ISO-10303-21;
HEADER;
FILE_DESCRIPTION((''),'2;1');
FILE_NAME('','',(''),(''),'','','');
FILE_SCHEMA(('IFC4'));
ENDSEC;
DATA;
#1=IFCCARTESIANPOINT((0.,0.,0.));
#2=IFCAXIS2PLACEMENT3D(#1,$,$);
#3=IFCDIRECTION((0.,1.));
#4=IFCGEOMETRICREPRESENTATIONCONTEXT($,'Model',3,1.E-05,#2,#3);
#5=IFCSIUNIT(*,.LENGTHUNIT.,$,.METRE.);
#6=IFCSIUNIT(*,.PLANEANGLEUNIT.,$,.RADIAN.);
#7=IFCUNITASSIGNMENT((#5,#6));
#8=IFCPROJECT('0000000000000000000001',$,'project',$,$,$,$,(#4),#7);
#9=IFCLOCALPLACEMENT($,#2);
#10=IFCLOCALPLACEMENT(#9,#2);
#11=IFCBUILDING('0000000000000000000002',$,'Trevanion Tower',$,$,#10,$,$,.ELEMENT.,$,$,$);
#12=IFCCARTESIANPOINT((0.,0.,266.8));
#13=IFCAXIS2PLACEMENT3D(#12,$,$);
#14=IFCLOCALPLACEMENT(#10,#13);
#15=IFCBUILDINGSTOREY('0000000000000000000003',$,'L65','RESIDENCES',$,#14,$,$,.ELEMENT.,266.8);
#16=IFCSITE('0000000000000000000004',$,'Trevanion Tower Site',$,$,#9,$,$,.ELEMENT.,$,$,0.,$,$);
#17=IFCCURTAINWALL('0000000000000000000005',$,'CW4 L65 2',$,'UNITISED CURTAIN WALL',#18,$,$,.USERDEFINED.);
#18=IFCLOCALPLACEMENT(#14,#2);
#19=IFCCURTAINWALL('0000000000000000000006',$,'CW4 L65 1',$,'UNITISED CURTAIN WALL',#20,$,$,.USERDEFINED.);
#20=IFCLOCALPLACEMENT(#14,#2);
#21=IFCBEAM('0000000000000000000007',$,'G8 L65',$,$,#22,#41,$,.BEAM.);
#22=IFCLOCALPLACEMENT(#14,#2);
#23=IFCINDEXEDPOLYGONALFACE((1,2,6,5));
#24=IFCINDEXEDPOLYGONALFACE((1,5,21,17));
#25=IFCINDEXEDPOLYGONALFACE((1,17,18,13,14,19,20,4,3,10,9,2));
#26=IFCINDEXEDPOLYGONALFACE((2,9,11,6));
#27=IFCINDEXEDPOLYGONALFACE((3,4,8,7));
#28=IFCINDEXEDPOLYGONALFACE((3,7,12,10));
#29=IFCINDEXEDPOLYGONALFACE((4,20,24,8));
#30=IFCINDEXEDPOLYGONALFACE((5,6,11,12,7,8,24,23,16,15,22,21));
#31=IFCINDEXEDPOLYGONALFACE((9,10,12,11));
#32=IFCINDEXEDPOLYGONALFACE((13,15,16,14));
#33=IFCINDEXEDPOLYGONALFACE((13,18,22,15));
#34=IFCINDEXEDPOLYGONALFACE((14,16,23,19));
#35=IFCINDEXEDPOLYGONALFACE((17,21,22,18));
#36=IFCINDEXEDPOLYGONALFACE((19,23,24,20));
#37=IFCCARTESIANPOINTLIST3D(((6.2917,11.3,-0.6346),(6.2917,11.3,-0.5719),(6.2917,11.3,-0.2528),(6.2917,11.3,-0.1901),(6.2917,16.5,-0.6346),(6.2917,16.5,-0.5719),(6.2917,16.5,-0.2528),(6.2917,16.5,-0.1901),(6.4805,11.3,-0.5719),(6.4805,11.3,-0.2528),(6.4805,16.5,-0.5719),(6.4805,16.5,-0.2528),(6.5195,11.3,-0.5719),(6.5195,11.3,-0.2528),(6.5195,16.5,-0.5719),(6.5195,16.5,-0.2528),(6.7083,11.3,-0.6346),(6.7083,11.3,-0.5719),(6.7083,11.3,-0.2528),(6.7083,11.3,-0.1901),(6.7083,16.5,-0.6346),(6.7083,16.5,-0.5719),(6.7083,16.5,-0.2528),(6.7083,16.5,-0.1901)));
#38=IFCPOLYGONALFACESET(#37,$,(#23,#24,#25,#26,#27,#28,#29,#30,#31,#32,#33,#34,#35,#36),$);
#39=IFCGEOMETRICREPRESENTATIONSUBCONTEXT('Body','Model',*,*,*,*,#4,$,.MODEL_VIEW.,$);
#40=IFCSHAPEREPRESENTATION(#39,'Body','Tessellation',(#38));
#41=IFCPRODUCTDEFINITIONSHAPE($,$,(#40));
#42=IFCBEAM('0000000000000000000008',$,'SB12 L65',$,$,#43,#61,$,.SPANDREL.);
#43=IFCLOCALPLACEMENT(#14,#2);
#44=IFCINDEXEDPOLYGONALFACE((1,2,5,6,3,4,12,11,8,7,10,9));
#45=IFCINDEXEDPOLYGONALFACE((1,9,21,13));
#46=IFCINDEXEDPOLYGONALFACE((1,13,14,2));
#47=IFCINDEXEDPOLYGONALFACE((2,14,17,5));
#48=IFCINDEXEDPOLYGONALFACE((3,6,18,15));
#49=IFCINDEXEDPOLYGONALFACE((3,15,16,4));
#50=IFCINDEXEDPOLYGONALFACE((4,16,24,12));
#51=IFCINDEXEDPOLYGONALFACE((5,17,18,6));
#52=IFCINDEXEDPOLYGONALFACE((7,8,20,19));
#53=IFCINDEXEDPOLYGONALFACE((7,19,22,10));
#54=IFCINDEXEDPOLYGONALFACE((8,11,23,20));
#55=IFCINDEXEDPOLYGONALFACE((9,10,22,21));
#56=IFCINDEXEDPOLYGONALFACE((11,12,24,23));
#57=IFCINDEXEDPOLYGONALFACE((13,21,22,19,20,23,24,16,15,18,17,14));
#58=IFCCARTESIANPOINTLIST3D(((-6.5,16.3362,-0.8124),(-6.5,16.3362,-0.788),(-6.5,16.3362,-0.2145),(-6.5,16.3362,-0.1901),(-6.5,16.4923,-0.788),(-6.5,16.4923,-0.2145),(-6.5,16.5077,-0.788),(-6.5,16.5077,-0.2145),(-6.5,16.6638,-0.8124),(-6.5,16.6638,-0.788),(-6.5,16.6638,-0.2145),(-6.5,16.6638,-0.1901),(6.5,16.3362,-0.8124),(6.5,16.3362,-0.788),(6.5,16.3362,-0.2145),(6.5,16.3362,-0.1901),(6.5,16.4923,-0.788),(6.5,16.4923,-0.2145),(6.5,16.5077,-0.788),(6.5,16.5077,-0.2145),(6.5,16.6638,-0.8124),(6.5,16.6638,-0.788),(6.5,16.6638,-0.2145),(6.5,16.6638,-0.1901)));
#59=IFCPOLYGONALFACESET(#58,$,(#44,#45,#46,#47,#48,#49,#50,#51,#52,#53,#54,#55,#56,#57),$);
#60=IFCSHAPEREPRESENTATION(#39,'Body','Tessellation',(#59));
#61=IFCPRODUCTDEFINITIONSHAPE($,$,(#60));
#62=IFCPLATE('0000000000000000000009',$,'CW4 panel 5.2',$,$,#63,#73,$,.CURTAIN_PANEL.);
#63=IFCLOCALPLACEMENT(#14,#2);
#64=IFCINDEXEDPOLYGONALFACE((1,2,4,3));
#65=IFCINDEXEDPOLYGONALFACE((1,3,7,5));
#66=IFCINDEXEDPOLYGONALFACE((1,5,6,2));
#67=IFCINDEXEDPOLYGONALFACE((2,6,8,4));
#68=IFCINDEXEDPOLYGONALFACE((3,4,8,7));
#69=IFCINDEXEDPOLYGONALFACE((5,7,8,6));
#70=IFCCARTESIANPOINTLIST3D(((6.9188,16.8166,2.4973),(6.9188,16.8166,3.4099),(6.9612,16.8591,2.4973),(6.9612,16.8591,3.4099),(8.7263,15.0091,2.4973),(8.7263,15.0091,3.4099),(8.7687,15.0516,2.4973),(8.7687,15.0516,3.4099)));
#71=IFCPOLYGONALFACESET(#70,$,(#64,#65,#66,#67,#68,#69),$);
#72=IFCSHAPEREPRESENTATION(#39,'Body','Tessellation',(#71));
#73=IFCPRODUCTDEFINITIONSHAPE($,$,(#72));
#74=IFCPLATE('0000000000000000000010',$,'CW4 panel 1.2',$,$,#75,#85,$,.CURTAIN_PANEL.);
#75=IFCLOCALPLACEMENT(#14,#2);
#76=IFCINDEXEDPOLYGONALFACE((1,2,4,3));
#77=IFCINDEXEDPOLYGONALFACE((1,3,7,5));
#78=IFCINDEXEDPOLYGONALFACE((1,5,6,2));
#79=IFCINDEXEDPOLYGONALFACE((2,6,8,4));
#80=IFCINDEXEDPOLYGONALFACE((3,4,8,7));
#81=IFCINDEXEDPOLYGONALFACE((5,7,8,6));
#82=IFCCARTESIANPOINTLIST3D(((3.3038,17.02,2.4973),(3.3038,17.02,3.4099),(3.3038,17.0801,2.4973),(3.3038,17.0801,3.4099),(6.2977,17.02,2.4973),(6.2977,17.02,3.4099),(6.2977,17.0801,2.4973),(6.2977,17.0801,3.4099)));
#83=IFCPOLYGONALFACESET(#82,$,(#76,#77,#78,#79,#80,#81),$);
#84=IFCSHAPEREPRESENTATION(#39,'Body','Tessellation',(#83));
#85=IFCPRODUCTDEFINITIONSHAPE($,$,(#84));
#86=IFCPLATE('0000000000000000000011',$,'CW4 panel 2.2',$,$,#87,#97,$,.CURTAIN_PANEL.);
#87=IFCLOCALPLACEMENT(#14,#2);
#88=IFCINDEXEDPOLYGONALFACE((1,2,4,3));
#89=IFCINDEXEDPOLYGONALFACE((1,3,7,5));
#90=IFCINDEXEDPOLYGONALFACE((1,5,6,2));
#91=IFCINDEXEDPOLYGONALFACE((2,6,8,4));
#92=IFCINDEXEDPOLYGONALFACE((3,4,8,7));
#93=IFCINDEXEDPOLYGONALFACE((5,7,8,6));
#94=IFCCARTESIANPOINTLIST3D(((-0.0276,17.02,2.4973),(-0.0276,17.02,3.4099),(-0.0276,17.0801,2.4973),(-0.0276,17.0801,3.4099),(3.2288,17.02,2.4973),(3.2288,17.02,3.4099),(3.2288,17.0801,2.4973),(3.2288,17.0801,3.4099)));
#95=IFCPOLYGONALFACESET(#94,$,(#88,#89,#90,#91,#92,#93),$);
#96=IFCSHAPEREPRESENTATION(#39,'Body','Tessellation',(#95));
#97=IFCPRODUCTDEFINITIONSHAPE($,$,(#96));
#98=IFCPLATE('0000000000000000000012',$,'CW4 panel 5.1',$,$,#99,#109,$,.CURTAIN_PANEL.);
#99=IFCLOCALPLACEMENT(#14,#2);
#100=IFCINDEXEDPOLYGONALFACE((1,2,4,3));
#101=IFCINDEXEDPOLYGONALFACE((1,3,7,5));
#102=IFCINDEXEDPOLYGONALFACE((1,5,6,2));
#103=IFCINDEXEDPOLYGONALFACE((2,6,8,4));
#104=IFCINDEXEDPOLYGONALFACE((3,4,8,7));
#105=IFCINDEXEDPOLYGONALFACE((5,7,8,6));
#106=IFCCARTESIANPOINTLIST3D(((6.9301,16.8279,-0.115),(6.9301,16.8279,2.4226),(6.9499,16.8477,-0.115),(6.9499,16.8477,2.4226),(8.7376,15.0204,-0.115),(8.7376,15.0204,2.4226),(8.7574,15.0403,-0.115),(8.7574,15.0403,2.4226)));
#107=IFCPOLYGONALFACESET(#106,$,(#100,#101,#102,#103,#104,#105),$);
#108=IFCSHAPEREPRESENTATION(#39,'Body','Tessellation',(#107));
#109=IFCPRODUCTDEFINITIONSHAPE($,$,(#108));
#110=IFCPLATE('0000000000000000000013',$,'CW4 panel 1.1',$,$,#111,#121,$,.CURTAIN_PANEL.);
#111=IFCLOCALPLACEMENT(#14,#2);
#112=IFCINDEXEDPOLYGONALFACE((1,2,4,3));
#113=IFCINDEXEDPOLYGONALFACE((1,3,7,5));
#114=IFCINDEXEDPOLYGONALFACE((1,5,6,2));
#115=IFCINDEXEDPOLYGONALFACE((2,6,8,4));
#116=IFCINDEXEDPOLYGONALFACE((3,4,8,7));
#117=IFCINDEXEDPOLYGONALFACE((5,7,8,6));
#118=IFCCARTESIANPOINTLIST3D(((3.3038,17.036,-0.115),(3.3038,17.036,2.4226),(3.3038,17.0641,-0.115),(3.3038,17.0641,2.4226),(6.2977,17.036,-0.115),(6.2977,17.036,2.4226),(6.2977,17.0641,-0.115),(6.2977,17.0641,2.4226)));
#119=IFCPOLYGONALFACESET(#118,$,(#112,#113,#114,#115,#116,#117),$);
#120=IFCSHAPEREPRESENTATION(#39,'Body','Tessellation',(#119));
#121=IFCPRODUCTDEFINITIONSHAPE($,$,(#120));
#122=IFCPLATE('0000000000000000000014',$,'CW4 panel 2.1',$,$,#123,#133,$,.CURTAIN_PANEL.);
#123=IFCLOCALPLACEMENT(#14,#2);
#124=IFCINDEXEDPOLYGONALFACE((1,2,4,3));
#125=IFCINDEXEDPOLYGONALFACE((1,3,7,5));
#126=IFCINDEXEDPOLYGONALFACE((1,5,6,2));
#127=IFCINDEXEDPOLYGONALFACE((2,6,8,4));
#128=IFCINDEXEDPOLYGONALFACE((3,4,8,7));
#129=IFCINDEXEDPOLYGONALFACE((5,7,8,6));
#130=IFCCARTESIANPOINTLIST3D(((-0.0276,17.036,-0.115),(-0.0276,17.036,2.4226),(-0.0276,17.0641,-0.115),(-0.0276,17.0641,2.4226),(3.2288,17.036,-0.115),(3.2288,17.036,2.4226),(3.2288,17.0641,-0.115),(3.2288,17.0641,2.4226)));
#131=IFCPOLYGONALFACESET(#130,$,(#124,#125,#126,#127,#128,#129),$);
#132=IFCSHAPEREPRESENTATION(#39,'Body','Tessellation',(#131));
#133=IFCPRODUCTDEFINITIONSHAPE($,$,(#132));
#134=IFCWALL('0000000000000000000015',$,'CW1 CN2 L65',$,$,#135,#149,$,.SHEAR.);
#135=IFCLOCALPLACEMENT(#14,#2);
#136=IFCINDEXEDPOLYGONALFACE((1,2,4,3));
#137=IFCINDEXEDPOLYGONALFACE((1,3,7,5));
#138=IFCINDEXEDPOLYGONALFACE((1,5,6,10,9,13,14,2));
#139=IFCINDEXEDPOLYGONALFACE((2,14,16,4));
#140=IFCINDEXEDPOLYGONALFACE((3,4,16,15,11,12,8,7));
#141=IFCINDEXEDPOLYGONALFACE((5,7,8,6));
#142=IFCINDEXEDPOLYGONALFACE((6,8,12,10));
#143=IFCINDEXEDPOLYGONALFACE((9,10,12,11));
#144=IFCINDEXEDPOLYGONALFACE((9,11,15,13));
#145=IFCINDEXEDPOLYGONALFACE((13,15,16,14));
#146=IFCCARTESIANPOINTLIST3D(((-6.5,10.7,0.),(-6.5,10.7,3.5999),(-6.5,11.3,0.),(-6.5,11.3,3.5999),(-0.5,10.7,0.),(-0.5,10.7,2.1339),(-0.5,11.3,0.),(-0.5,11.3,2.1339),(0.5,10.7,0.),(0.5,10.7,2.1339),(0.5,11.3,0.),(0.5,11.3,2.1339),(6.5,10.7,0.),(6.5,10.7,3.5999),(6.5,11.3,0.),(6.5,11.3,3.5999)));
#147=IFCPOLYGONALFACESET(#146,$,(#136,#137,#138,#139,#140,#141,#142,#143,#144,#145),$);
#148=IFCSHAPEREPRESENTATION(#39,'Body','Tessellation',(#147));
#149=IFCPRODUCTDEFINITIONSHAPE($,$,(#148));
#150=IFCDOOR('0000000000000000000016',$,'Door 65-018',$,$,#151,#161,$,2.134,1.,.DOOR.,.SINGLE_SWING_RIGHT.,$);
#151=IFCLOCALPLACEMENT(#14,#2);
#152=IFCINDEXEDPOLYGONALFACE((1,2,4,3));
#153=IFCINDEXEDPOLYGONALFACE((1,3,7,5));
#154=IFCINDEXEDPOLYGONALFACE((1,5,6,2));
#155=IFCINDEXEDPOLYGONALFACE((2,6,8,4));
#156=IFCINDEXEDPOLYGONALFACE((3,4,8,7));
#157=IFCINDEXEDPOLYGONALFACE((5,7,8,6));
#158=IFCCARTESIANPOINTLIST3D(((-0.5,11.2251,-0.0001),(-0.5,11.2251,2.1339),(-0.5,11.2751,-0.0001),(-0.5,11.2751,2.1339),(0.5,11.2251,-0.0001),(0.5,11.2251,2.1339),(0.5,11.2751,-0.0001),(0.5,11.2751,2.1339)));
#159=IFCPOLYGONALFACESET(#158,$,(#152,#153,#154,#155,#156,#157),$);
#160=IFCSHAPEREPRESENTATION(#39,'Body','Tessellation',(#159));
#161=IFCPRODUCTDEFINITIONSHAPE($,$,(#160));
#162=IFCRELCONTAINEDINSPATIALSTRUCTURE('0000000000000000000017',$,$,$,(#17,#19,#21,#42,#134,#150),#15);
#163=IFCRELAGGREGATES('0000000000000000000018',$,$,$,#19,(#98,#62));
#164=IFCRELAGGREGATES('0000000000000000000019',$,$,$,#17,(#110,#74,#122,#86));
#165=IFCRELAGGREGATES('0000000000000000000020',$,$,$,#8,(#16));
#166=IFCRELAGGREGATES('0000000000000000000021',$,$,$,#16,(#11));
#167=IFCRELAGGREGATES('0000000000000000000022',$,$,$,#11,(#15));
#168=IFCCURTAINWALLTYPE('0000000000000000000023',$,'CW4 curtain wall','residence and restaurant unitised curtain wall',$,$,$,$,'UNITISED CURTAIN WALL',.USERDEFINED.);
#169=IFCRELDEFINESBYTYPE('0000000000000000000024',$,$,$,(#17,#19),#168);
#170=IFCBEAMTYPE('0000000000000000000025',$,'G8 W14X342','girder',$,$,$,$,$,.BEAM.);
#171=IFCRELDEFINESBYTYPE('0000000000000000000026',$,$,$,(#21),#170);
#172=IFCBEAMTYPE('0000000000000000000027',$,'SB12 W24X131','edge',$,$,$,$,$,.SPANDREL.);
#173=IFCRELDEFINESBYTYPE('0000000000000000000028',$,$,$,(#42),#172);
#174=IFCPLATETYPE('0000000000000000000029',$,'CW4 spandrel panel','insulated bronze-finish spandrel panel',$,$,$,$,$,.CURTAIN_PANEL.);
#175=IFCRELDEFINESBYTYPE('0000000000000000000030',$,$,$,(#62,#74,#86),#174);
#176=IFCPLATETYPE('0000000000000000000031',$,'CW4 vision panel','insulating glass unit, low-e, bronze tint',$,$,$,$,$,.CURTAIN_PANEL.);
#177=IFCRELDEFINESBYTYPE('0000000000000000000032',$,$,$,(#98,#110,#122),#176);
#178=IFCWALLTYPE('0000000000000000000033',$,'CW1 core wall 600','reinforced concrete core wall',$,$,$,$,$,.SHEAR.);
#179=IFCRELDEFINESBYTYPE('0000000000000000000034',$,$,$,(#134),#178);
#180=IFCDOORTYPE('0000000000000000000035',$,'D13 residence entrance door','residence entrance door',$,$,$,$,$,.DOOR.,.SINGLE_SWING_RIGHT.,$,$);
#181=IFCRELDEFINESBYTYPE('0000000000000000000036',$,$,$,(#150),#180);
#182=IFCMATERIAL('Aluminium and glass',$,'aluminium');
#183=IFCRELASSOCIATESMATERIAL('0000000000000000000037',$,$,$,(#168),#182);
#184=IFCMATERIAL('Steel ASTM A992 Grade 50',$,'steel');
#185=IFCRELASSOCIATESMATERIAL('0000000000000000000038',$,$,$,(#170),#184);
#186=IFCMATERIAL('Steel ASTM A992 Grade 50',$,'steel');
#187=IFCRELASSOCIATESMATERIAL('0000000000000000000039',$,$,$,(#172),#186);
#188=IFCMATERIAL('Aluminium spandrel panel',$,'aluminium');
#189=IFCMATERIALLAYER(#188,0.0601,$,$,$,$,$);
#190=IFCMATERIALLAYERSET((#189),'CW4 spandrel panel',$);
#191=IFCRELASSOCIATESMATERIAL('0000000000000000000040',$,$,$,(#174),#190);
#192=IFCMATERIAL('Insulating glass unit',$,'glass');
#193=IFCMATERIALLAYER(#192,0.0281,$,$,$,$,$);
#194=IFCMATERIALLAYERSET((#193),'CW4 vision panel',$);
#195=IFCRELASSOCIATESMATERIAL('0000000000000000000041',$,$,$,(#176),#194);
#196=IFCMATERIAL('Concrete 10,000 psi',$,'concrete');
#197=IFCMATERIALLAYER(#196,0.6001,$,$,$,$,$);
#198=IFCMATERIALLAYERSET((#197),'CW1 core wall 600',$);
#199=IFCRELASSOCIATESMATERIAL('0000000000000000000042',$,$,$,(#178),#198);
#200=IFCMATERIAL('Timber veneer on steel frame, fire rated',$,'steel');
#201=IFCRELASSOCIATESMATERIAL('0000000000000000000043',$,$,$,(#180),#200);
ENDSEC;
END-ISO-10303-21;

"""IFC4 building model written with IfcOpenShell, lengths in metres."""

from ifc_helpers import new_model, si_unit, direction, frame, frame_2d, origin, origin_2d, place, context, subcontext, project, spatial, rectangle, i_section, extrude, material, layer, layer_set, material_profile, profile_set, type_object, element, fill, aggregate, save


model = new_model("IFC4")

# Units and contexts
model_context = context("Model", 3, precision=1e-05, world=origin(), true_north=direction((0.0, 1.0)))
body_context = subcontext(model_context, "Body", "Model", "MODEL_VIEW")
ifc_project = project(units=[si_unit("LENGTHUNIT", "METRE"), si_unit("PLANEANGLEUNIT", "RADIAN")], contexts=[model_context])

# Site, building, storey
site_placement = place(None, origin())
site = spatial("IfcSite", under=ifc_project, at=site_placement, Name="Trevanion Tower Site", CompositionType="ELEMENT", RefElevation=0.0)
building_placement = place(site_placement, origin())
building = spatial("IfcBuilding", under=site, at=building_placement, Name="Trevanion Tower", CompositionType="ELEMENT")
storey_placement = place(building_placement, frame((0.0, 0.0, 266.8)))
storey = spatial("IfcBuildingStorey", under=building, at=storey_placement, Name="L65", Description="RESIDENCES", CompositionType="ELEMENT", Elevation=266.8)

# Curtain walls
ifc_material_1 = material(Name="Aluminium and glass", Category="aluminium")
curtain_wall_type = type_object("IfcCurtainWallType", Name="CW4 curtain wall", Description="residence and restaurant unitised curtain wall", ElementType="UNITISED CURTAIN WALL", PredefinedType="USERDEFINED", material=ifc_material_1)
curtain_wall_1_placement = place(storey_placement, origin())
curtain_wall_1 = element("IfcCurtainWall", 1, at=curtain_wall_1_placement, inside=storey, type_object=curtain_wall_type, Name="CW4 L65 2", ObjectType="UNITISED CURTAIN WALL", PredefinedType="USERDEFINED")
curtain_wall_2_placement = place(storey_placement, origin())
curtain_wall_2 = element("IfcCurtainWall", 2, at=curtain_wall_2_placement, inside=storey, type_object=curtain_wall_type, Name="CW4 L65 1", ObjectType="UNITISED CURTAIN WALL", PredefinedType="USERDEFINED")

# Beams
ifc_material_2 = material(Name="Steel ASTM A992 Grade 50", Category="steel")
ifc_material_profile_1 = material_profile(ifc_material_2, i_section(OverallWidth=0.4165, OverallDepth=0.4446, WebThickness=0.0391, FlangeThickness=0.0627, at=origin_2d()), Name="W14X342")
ifc_profile_set_1 = profile_set([ifc_material_profile_1], Name="Steel ASTM A992 Grade 50")
beam_type_1 = type_object("IfcBeamType", Name="G8 W14X342", Description="girder", PredefinedType="BEAM", material=ifc_profile_set_1)
beam_1_placement = place(storey_placement, frame((6.5, 11.3, -0.4124), z_axis=(0.0, 1.0, 0.0), x_axis=(-1.0, 0.0, 0.0)))
element("IfcBeam", 3, at=beam_1_placement, inside=storey, type_object=beam_type_1, Name="G8 L65", PredefinedType="BEAM", context=body_context, shape_type="SweptSolid", body=[
    extrude(i_section(OverallWidth=0.4165, OverallDepth=0.4446, WebThickness=0.0391, FlangeThickness=0.0627, at=origin_2d()), origin(), (0.0, 0.0, 1.0), 5.2),
])
ifc_material_3 = material(Name="Steel ASTM A992 Grade 50", Category="steel")
ifc_material_profile_2 = material_profile(ifc_material_3, i_section(OverallWidth=0.3276, OverallDepth=0.6223, WebThickness=0.0154, FlangeThickness=0.0244, at=origin_2d()), Name="W24X131")
ifc_profile_set_2 = profile_set([ifc_material_profile_2], Name="Steel ASTM A992 Grade 50")
beam_type_2 = type_object("IfcBeamType", Name="SB12 W24X131", Description="edge", PredefinedType="SPANDREL", material=ifc_profile_set_2)
beam_2_placement = place(storey_placement, frame((6.5, 16.5, -0.5012), z_axis=(-1.0, 0.0, 0.0), x_axis=(0.0, -1.0, 0.0)))
element("IfcBeam", 4, at=beam_2_placement, inside=storey, type_object=beam_type_2, Name="SB12 L65", PredefinedType="SPANDREL", context=body_context, shape_type="SweptSolid", body=[
    extrude(i_section(OverallWidth=0.3276, OverallDepth=0.6223, WebThickness=0.0154, FlangeThickness=0.0244, at=origin_2d()), origin(), (0.0, 0.0, 1.0), 13.0),
])

# Plates
ifc_material_4 = material(Name="Aluminium spandrel panel", Category="aluminium")
ifc_layer_1 = layer(ifc_material_4, 0.0601)
ifc_layer_set_1 = layer_set([ifc_layer_1], Name="CW4 spandrel panel")
plate_type_1 = type_object("IfcPlateType", Name="CW4 spandrel panel", Description="insulated bronze-finish spandrel panel", PredefinedType="CURTAIN_PANEL", material=ifc_layer_set_1)
plate_1_placement = place(storey_placement, frame((7.8438, 15.9341, 2.4973), z_axis=(0.0, 0.0, 1.0), x_axis=(-0.707107, 0.707107, 0.0)))
plate_1 = element("IfcPlate", 5, at=plate_1_placement, type_object=plate_type_1, Name="CW4 panel 5.2", PredefinedType="CURTAIN_PANEL", context=body_context, shape_type="SweptSolid", body=[
    extrude(rectangle(XDim=2.5562, YDim=0.0601, at=origin_2d()), origin(), (0.0, 0.0, 1.0), 0.9126),
])
plate_2_placement = place(storey_placement, frame((4.8008, 17.05, 2.4973), z_axis=(0.0, 0.0, 1.0), x_axis=(-1.0, 0.0, 0.0)))
plate_2 = element("IfcPlate", 6, at=plate_2_placement, type_object=plate_type_1, Name="CW4 panel 1.2", PredefinedType="CURTAIN_PANEL", context=body_context, shape_type="SweptSolid", body=[
    extrude(rectangle(XDim=2.9939, YDim=0.0601, at=origin_2d()), origin(), (0.0, 0.0, 1.0), 0.9126),
])
plate_3_placement = place(storey_placement, frame((1.6006, 17.05, 2.4973), z_axis=(0.0, 0.0, 1.0), x_axis=(-1.0, 0.0, 0.0)))
plate_3 = element("IfcPlate", 7, at=plate_3_placement, type_object=plate_type_1, Name="CW4 panel 2.2", PredefinedType="CURTAIN_PANEL", context=body_context, shape_type="SweptSolid", body=[
    extrude(rectangle(XDim=3.2563, YDim=0.0601, at=origin_2d()), origin(), (0.0, 0.0, 1.0), 0.9126),
])
ifc_material_5 = material(Name="Insulating glass unit", Category="glass")
ifc_layer_2 = layer(ifc_material_5, 0.0281)
ifc_layer_set_2 = layer_set([ifc_layer_2], Name="CW4 vision panel")
plate_type_2 = type_object("IfcPlateType", Name="CW4 vision panel", Description="insulating glass unit, low-e, bronze tint", PredefinedType="CURTAIN_PANEL", material=ifc_layer_set_2)
plate_4_placement = place(storey_placement, frame((7.8438, 15.9341, -0.115), z_axis=(0.0, 0.0, 1.0), x_axis=(-0.707107, 0.707107, 0.0)))
plate_4 = element("IfcPlate", 8, at=plate_4_placement, type_object=plate_type_2, Name="CW4 panel 5.1", PredefinedType="CURTAIN_PANEL", context=body_context, shape_type="SweptSolid", body=[
    extrude(rectangle(XDim=2.5562, YDim=0.0281, at=origin_2d()), origin(), (0.0, 0.0, 1.0), 2.5376),
])
aggregate(curtain_wall_2, [plate_4, plate_1])
plate_5_placement = place(storey_placement, frame((4.8008, 17.05, -0.115), z_axis=(0.0, 0.0, 1.0), x_axis=(-1.0, 0.0, 0.0)))
plate_5 = element("IfcPlate", 9, at=plate_5_placement, type_object=plate_type_2, Name="CW4 panel 1.1", PredefinedType="CURTAIN_PANEL", context=body_context, shape_type="SweptSolid", body=[
    extrude(rectangle(XDim=2.9939, YDim=0.0281, at=origin_2d()), origin(), (0.0, 0.0, 1.0), 2.5376),
])
plate_6_placement = place(storey_placement, frame((1.6006, 17.05, -0.115), z_axis=(0.0, 0.0, 1.0), x_axis=(-1.0, 0.0, 0.0)))
plate_6 = element("IfcPlate", 10, at=plate_6_placement, type_object=plate_type_2, Name="CW4 panel 2.1", PredefinedType="CURTAIN_PANEL", context=body_context, shape_type="SweptSolid", body=[
    extrude(rectangle(XDim=3.2563, YDim=0.0281, at=origin_2d()), origin(), (0.0, 0.0, 1.0), 2.5376),
])
aggregate(curtain_wall_1, [plate_5, plate_2, plate_6, plate_3])

# Wall, opening, door
ifc_material_6 = material(Name="Concrete 10,000 psi", Category="concrete")
ifc_layer_3 = layer(ifc_material_6, 0.6001)
ifc_layer_set_3 = layer_set([ifc_layer_3], Name="CW1 core wall 600")
wall_type_1 = type_object("IfcWallType", Name="CW1 core wall 600", Description="reinforced concrete core wall", PredefinedType="SHEAR", material=ifc_layer_set_3)
wall_1_placement = place(storey_placement, frame((6.5, 11.0, 0.0), z_axis=(0.0, 0.0, 1.0), x_axis=(-1.0, 0.0, 0.0)))
wall_1 = element("IfcWall", 11, at=wall_1_placement, inside=storey, type_object=wall_type_1, Name="CW1 CN2 L65", PredefinedType="SHEAR", context=body_context, shape_type="SweptSolid", body=[
    extrude(rectangle(XDim=13.0, YDim=0.6001, at=frame_2d((6.5, 0.0))), origin(), (0.0, 0.0, 1.0), 3.5999),
])
opening_1_placement = place(wall_1_placement, frame((6.0, 0.0, 0.0)))
opening_1 = element("IfcOpeningElement", 12, at=opening_1_placement, cuts=wall_1, PredefinedType="OPENING", context=body_context, shape_type="SweptSolid", body=[
    extrude(rectangle(XDim=1.0, YDim=2.134, at=frame_2d((0.5, 1.0669))), frame((0.0, 0.3101, 0.0), z_axis=(0.0, -1.0, 0.0), x_axis=(1.0, 0.0, 0.0)), (0.0, 0.0, 1.0), 0.6201),
])
ifc_material_7 = material(Name="Timber veneer on steel frame, fire rated", Category="steel")
door_type_1 = type_object("IfcDoorType", Name="D13 residence entrance door", Description="residence entrance door", OperationType="SINGLE_SWING_RIGHT", PredefinedType="DOOR", material=ifc_material_7)
door_1_placement = place(opening_1_placement, origin())
door_1 = element("IfcDoor", 13, at=door_1_placement, inside=storey, type_object=door_type_1, Name="Door 65-018", OperationType="SINGLE_SWING_RIGHT", OverallHeight=2.134, OverallWidth=1.0, PredefinedType="DOOR", context=body_context, shape_type="SweptSolid", body=[
    extrude(rectangle(XDim=1.0, YDim=2.134, at=frame_2d((0.5, 1.0669))), frame((0.0, -0.2251, 0.0), z_axis=(0.0, -1.0, 0.0), x_axis=(1.0, 0.0, 0.0)), (0.0, 0.0, 1.0), 0.05),
])
fill(opening_1, door_1)

save(model, "model.ifc")
